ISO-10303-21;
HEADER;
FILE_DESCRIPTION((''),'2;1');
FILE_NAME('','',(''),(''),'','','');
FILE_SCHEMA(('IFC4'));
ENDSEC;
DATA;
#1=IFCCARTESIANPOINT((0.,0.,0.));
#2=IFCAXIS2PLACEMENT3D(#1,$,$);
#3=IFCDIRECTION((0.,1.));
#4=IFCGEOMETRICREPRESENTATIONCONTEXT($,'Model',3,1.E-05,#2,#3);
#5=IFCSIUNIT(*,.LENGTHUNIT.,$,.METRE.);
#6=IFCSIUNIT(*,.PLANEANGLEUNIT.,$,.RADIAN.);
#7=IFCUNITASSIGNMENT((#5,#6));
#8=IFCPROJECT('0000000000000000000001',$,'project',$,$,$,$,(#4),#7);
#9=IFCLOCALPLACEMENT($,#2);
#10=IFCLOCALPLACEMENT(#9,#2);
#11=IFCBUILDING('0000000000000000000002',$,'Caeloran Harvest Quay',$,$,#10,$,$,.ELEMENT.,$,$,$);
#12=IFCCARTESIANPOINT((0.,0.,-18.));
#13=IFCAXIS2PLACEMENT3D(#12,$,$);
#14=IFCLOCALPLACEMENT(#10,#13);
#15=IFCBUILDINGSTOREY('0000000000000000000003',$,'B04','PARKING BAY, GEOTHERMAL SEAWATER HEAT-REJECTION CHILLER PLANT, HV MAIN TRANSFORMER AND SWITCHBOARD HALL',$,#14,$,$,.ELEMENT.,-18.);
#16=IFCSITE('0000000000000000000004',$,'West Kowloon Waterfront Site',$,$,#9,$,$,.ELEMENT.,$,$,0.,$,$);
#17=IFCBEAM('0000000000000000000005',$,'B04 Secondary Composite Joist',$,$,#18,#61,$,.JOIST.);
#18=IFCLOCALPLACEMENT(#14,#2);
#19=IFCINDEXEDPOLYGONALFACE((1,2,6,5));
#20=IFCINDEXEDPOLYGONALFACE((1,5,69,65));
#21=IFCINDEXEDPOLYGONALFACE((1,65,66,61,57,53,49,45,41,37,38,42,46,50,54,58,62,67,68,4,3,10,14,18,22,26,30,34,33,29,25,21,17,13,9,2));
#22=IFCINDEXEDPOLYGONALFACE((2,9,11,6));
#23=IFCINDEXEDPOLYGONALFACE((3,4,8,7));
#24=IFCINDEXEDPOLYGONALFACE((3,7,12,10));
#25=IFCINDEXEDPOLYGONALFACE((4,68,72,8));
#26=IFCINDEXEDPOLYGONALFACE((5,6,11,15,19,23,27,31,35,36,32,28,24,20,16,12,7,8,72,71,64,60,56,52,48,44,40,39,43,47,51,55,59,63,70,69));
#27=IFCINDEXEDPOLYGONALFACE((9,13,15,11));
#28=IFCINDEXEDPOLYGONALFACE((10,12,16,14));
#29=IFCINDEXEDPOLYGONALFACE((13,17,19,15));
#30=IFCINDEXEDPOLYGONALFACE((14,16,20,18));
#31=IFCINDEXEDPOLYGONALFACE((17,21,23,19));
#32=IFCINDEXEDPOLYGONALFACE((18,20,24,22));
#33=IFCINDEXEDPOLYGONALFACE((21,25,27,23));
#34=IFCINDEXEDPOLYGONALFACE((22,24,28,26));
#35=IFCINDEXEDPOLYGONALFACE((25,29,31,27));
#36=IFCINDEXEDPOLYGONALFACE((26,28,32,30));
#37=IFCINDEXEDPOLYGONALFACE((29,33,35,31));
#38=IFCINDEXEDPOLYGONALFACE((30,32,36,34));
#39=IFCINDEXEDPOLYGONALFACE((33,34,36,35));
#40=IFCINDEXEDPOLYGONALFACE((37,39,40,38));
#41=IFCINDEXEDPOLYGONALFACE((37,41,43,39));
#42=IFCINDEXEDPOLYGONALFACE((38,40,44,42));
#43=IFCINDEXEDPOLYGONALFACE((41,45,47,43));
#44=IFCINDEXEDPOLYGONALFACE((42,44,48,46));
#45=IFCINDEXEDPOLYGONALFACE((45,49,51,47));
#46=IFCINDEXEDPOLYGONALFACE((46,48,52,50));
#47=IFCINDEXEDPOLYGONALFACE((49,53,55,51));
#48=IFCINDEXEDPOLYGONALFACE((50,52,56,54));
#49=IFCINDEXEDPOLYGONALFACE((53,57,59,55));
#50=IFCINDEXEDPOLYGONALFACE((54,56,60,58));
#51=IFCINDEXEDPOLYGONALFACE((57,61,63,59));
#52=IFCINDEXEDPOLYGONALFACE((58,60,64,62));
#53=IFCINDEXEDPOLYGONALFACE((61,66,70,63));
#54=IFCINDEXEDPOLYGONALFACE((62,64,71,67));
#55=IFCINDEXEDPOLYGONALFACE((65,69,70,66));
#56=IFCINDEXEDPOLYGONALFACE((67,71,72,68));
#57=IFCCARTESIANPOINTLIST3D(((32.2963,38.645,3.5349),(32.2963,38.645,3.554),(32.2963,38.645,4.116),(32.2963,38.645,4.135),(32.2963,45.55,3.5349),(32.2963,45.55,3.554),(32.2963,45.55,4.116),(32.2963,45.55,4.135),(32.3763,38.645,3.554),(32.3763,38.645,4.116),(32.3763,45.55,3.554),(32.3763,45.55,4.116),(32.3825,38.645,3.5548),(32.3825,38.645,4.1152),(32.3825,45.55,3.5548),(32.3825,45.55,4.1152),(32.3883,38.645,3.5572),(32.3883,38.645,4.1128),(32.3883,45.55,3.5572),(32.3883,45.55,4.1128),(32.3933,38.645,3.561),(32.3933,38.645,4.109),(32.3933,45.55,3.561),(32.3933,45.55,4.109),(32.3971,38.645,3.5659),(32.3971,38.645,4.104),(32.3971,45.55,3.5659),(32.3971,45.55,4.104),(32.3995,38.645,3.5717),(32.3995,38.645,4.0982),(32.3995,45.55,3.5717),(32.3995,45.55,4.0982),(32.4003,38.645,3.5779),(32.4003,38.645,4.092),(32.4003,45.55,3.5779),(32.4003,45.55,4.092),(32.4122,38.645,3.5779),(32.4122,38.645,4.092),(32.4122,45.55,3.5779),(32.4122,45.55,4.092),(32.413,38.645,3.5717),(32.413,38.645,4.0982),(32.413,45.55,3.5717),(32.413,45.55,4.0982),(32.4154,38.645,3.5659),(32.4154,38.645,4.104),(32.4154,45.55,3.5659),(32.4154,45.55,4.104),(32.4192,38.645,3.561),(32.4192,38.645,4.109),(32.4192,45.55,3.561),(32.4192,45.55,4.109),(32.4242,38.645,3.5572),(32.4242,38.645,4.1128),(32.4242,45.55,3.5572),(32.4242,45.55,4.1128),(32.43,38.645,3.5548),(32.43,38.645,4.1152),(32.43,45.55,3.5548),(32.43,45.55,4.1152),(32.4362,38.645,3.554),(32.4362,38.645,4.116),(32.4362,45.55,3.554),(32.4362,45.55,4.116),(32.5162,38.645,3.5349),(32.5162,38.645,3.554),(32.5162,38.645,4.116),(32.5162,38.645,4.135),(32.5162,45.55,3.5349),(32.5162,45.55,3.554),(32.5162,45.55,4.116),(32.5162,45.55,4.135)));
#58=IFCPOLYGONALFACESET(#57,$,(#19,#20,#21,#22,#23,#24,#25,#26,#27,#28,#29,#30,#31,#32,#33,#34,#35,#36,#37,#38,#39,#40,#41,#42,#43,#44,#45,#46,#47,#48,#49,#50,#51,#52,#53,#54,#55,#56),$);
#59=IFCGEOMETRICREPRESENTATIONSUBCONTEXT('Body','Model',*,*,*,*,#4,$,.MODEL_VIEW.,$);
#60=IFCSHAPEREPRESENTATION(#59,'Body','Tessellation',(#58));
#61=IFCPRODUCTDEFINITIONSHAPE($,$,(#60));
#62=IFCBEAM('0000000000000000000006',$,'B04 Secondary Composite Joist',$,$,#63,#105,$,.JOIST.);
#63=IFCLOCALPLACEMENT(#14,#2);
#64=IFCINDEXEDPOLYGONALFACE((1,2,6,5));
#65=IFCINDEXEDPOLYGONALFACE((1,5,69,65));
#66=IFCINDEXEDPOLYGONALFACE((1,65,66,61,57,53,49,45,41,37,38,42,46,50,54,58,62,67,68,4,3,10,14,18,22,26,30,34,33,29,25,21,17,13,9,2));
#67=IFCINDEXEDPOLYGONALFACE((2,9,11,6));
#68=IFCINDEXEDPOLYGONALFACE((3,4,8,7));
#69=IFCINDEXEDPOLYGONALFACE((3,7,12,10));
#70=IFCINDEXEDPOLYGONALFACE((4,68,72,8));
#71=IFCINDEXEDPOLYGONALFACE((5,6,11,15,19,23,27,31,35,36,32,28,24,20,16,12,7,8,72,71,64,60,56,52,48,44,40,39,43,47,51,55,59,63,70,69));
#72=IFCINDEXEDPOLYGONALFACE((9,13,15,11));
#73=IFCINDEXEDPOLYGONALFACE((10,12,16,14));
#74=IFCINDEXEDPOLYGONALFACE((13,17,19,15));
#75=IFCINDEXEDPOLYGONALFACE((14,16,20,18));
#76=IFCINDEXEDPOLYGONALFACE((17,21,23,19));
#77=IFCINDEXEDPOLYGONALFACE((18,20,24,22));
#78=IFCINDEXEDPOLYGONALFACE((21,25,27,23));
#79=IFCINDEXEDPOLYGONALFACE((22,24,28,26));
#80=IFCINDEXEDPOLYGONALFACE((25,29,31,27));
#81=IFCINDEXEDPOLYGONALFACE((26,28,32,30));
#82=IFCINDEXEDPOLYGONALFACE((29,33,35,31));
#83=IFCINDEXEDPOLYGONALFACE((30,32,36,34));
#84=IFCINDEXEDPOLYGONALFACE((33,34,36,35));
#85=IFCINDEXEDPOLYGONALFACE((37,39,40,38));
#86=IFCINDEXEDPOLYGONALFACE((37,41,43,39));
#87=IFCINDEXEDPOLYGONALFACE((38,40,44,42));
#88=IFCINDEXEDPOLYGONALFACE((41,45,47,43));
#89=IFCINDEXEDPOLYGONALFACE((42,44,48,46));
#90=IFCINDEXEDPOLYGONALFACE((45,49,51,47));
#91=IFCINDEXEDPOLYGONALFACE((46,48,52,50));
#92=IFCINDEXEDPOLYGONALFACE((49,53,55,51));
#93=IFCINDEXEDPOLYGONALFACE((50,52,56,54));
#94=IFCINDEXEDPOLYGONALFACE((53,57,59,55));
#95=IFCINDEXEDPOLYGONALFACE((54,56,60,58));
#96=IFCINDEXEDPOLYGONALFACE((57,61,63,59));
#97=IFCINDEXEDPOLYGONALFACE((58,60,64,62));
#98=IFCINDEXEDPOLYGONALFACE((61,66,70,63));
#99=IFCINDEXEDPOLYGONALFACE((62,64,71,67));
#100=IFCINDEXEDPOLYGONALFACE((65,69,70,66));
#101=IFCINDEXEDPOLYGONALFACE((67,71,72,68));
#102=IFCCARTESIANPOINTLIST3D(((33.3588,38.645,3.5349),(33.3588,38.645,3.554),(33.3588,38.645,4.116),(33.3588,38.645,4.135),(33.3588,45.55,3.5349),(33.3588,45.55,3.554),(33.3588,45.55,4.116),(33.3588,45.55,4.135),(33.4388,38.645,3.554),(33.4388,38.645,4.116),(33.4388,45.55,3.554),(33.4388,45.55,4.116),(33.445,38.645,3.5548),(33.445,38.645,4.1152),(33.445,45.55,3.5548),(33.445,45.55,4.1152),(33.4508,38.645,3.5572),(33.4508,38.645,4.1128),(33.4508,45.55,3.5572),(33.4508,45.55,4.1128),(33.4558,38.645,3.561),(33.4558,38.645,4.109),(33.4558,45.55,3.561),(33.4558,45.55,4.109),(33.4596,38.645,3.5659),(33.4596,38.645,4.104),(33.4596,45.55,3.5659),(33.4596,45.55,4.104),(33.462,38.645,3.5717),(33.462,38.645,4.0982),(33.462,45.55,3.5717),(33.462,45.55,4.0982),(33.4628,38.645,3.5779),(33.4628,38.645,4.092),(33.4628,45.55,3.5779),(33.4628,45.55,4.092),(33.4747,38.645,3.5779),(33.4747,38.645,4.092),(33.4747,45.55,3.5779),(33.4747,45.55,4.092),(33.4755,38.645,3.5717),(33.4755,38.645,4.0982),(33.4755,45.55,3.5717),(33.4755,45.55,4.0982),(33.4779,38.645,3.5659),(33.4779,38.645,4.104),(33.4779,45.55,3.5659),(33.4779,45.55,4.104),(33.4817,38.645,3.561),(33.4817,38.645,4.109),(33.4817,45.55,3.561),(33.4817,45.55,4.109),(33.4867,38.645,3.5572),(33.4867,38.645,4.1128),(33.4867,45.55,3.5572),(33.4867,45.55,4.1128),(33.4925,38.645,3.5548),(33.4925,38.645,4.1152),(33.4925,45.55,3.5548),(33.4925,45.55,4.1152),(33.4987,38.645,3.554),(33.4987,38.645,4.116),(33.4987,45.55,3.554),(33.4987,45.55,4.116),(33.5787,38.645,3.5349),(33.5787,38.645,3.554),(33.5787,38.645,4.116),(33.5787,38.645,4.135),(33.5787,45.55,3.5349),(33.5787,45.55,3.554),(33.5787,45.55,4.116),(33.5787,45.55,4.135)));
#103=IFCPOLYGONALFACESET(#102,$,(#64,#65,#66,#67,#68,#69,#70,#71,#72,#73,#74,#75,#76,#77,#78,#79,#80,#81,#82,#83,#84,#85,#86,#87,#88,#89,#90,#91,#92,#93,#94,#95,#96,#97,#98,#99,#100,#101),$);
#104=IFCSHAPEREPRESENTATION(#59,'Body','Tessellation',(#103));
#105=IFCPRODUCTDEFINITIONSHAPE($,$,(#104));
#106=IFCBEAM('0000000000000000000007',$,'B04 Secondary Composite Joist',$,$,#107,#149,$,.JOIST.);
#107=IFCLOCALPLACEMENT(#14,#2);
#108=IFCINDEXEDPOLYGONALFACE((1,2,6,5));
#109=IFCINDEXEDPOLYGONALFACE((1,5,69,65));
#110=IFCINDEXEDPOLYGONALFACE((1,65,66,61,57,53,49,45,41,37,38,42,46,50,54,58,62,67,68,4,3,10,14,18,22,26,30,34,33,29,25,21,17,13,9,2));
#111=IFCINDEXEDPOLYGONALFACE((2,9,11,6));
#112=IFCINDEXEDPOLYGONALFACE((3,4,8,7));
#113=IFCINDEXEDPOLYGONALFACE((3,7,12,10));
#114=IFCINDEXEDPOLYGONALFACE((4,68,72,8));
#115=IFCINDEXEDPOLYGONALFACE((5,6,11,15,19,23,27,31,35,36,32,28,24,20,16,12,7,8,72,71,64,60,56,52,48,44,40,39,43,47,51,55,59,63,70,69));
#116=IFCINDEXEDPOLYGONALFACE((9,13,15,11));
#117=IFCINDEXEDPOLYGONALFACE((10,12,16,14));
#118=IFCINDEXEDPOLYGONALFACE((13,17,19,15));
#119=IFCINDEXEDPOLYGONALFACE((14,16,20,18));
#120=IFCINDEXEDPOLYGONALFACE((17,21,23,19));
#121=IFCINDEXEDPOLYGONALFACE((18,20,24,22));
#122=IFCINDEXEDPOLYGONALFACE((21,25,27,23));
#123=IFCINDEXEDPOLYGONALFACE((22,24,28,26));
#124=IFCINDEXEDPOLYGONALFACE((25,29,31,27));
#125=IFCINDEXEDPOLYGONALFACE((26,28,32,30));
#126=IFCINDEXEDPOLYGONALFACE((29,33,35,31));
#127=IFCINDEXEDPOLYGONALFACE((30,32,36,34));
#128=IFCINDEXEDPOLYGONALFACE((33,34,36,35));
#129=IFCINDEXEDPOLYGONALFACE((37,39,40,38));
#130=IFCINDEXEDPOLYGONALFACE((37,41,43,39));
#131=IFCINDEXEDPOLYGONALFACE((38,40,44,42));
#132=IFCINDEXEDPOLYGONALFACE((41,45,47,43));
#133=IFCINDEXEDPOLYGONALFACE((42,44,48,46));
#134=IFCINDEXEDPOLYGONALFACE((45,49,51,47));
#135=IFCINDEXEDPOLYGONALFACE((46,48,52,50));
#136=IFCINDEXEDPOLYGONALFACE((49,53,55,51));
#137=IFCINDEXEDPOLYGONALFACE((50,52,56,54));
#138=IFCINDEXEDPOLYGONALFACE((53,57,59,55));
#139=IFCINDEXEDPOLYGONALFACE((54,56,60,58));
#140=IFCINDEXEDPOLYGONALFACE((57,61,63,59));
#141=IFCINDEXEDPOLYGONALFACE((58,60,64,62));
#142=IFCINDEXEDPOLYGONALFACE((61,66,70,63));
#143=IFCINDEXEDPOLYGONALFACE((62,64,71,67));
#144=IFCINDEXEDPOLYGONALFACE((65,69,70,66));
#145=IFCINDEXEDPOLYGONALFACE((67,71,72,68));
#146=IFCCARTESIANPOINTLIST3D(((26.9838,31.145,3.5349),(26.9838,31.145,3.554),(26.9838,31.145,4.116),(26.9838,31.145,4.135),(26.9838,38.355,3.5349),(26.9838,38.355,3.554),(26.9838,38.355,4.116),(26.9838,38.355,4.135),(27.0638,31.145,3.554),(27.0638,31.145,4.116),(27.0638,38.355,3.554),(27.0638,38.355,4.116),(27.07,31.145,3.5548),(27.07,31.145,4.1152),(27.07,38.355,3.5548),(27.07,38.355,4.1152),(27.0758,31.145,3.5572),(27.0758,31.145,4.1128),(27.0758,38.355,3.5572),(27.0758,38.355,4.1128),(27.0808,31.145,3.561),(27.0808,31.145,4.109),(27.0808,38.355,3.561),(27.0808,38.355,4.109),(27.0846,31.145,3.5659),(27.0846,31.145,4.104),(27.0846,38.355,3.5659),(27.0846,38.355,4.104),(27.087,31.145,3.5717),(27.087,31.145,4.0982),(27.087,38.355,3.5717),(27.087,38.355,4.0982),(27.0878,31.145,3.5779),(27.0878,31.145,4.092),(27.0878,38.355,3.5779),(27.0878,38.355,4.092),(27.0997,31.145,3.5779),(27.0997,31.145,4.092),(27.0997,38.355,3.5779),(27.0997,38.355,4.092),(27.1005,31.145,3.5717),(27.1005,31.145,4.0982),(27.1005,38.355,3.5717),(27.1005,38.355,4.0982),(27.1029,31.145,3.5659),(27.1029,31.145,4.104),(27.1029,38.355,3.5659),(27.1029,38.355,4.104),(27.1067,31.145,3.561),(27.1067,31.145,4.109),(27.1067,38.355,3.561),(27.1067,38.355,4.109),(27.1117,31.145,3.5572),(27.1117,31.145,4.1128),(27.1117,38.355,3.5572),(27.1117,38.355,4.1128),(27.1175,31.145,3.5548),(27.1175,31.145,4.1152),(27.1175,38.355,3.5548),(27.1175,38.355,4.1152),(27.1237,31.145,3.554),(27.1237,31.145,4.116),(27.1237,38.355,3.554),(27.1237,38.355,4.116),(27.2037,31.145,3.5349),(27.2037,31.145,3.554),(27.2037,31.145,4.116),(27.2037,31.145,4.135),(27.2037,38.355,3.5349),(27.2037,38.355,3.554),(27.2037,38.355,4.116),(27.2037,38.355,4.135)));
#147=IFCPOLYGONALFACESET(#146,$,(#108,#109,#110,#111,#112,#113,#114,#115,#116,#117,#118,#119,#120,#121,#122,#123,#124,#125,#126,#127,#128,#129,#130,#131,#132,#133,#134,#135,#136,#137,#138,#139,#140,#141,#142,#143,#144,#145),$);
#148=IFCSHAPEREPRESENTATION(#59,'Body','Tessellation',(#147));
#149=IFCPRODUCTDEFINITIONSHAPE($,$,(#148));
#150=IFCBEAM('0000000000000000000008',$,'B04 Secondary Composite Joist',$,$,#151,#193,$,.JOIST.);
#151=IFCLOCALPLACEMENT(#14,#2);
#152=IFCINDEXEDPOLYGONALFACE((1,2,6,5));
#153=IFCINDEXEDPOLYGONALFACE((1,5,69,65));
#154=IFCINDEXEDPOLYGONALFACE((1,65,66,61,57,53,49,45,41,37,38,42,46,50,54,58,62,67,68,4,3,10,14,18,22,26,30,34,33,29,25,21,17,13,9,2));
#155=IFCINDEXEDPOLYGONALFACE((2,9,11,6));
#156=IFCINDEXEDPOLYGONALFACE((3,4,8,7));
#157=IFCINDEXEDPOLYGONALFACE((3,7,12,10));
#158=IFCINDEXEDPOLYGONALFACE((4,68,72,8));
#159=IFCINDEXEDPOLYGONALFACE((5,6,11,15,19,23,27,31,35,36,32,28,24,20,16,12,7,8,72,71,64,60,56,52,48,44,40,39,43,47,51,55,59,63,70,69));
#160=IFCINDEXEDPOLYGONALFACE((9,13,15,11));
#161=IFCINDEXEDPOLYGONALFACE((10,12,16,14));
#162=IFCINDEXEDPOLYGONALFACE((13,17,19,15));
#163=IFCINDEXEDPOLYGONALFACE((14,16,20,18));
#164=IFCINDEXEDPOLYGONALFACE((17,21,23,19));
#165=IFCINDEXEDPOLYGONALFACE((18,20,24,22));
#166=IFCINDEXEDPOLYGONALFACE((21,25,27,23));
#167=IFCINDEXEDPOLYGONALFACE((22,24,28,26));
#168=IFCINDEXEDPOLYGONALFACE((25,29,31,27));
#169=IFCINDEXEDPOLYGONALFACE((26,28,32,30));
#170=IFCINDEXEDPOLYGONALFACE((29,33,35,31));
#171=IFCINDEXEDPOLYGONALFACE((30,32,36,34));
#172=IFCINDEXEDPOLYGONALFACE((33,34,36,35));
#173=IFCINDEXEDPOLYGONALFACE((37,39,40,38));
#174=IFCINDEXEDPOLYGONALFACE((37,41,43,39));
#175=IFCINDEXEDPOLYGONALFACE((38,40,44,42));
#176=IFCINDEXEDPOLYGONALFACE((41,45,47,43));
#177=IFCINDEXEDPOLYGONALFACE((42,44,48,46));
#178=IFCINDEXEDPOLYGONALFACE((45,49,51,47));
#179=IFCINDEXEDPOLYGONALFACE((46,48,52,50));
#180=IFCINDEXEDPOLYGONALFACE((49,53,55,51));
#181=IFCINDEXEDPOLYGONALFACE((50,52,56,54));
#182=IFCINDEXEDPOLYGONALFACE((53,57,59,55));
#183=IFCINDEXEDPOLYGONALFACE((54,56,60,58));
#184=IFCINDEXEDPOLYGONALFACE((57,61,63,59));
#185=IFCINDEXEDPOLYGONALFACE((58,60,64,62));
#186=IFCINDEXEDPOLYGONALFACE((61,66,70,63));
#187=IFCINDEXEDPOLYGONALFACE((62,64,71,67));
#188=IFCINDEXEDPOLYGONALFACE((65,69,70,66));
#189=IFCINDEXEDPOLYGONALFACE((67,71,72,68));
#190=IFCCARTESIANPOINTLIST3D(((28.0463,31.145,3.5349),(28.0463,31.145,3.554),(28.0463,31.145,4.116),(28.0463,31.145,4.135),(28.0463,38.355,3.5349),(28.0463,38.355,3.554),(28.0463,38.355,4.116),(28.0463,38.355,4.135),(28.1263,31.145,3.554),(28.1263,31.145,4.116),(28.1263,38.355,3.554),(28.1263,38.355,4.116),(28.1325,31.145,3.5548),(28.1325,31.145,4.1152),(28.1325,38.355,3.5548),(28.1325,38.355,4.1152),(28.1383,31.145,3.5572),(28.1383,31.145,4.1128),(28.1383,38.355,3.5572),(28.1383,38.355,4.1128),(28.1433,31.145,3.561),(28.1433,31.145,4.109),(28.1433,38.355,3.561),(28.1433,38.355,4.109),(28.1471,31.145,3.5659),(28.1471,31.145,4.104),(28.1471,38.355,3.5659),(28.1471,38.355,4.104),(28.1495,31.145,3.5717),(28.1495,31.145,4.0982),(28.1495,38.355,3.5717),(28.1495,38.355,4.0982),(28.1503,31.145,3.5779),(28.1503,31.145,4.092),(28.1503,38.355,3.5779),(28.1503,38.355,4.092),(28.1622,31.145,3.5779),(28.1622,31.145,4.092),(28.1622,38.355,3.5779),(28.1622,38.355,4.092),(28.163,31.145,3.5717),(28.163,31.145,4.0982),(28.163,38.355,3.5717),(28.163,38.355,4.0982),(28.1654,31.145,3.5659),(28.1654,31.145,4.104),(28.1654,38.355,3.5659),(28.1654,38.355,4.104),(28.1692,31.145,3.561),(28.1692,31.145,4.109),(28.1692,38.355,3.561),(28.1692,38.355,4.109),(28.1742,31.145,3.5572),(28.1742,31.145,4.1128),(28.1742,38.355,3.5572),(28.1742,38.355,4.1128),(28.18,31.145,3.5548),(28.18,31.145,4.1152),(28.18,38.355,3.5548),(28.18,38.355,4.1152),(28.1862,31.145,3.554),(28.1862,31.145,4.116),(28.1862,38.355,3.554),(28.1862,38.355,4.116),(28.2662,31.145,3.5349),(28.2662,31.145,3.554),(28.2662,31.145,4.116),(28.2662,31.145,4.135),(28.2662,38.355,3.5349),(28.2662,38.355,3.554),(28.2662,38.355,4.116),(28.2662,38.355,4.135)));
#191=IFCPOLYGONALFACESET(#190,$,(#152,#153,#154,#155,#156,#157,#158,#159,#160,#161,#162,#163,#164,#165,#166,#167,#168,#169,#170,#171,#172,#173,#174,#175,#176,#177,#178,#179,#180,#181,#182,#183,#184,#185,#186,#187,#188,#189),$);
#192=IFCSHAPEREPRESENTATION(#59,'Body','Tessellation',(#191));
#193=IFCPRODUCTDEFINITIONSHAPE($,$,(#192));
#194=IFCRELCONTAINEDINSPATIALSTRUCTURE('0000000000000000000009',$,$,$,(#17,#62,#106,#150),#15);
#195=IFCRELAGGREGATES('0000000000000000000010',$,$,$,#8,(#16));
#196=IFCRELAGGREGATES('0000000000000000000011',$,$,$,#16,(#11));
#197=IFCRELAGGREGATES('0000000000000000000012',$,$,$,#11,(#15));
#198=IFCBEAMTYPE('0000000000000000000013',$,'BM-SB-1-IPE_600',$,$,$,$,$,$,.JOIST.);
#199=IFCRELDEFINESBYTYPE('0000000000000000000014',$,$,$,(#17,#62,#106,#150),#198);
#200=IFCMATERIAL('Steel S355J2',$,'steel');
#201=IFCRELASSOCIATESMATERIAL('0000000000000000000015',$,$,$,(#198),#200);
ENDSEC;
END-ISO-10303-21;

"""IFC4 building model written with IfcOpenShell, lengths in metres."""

from ifc_helpers import new_model, si_unit, direction, frame, origin, origin_2d, place, context, subcontext, project, spatial, i_section, extrude, material, material_profile, profile_set, type_object, element, save


model = new_model("IFC4")

# Units and contexts
model_context = context("Model", 3, precision=1e-05, world=origin(), true_north=direction((0.0, 1.0)))
body_context = subcontext(model_context, "Body", "Model", "MODEL_VIEW")
ifc_project = project(units=[si_unit("LENGTHUNIT", "METRE"), si_unit("PLANEANGLEUNIT", "RADIAN")], contexts=[model_context])

# Site, building, storey
site_placement = place(None, origin())
site = spatial("IfcSite", under=ifc_project, at=site_placement, Name="West Kowloon Waterfront Site", CompositionType="ELEMENT", RefElevation=0.0)
building_placement = place(site_placement, origin())
building = spatial("IfcBuilding", under=site, at=building_placement, Name="Caeloran Harvest Quay", CompositionType="ELEMENT")
storey_placement = place(building_placement, frame((0.0, 0.0, -18.0)))
storey = spatial("IfcBuildingStorey", under=building, at=storey_placement, Name="B04", Description="PARKING BAY, GEOTHERMAL SEAWATER HEAT-REJECTION CHILLER PLANT, HV MAIN TRANSFORMER AND SWITCHBOARD HALL", CompositionType="ELEMENT", Elevation=-18.0)

# Beams
ifc_material_1 = material(Name="Steel S355J2", Category="steel")
ifc_material_profile_1 = material_profile(ifc_material_1, i_section(OverallWidth=0.22, OverallDepth=0.6001, WebThickness=0.012, FlangeThickness=0.019, FilletRadius=0.0239, at=origin_2d()), Name="IPE 600")
ifc_profile_set_1 = profile_set([ifc_material_profile_1], Name="Steel S355J2")
beam_type_1 = type_object("IfcBeamType", Name="BM-SB-1-IPE_600", PredefinedType="JOIST", material=ifc_profile_set_1)
for number, where, z_axis, x_axis, name in (
    (1, (32.4062, 38.645, 3.835), (0.0, 1.0, 0.0), (-1.0, 0.0, 0.0), "B04 Secondary Composite Joist"),
    (2, (33.4688, 38.645, 3.835), (0.0, 1.0, 0.0), (-1.0, 0.0, 0.0), "B04 Secondary Composite Joist"),
):
    element("IfcBeam", number, at=place(storey_placement, frame(where, z_axis=z_axis, x_axis=x_axis)), inside=storey, type_object=beam_type_1, Name=name, PredefinedType="JOIST", context=body_context, shape_type="SweptSolid", body=[
        extrude(i_section(OverallWidth=0.22, OverallDepth=0.6001, WebThickness=0.012, FlangeThickness=0.019, FilletRadius=0.0239, at=origin_2d()), origin(), (0.0, 0.0, 1.0), 6.905),
    ])
for number, where, z_axis, x_axis, name in (
    (3, (27.0938, 31.145, 3.835), (0.0, 1.0, 0.0), (-1.0, 0.0, 0.0), "B04 Secondary Composite Joist"),
    (4, (28.1562, 31.145, 3.835), (0.0, 1.0, 0.0), (-1.0, 0.0, 0.0), "B04 Secondary Composite Joist"),
):
    element("IfcBeam", number, at=place(storey_placement, frame(where, z_axis=z_axis, x_axis=x_axis)), inside=storey, type_object=beam_type_1, Name=name, PredefinedType="JOIST", context=body_context, shape_type="SweptSolid", body=[
        extrude(i_section(OverallWidth=0.22, OverallDepth=0.6001, WebThickness=0.012, FlangeThickness=0.019, FilletRadius=0.0239, at=origin_2d()), origin(), (0.0, 0.0, 1.0), 7.21),
    ])

save(model, "model.ifc")
